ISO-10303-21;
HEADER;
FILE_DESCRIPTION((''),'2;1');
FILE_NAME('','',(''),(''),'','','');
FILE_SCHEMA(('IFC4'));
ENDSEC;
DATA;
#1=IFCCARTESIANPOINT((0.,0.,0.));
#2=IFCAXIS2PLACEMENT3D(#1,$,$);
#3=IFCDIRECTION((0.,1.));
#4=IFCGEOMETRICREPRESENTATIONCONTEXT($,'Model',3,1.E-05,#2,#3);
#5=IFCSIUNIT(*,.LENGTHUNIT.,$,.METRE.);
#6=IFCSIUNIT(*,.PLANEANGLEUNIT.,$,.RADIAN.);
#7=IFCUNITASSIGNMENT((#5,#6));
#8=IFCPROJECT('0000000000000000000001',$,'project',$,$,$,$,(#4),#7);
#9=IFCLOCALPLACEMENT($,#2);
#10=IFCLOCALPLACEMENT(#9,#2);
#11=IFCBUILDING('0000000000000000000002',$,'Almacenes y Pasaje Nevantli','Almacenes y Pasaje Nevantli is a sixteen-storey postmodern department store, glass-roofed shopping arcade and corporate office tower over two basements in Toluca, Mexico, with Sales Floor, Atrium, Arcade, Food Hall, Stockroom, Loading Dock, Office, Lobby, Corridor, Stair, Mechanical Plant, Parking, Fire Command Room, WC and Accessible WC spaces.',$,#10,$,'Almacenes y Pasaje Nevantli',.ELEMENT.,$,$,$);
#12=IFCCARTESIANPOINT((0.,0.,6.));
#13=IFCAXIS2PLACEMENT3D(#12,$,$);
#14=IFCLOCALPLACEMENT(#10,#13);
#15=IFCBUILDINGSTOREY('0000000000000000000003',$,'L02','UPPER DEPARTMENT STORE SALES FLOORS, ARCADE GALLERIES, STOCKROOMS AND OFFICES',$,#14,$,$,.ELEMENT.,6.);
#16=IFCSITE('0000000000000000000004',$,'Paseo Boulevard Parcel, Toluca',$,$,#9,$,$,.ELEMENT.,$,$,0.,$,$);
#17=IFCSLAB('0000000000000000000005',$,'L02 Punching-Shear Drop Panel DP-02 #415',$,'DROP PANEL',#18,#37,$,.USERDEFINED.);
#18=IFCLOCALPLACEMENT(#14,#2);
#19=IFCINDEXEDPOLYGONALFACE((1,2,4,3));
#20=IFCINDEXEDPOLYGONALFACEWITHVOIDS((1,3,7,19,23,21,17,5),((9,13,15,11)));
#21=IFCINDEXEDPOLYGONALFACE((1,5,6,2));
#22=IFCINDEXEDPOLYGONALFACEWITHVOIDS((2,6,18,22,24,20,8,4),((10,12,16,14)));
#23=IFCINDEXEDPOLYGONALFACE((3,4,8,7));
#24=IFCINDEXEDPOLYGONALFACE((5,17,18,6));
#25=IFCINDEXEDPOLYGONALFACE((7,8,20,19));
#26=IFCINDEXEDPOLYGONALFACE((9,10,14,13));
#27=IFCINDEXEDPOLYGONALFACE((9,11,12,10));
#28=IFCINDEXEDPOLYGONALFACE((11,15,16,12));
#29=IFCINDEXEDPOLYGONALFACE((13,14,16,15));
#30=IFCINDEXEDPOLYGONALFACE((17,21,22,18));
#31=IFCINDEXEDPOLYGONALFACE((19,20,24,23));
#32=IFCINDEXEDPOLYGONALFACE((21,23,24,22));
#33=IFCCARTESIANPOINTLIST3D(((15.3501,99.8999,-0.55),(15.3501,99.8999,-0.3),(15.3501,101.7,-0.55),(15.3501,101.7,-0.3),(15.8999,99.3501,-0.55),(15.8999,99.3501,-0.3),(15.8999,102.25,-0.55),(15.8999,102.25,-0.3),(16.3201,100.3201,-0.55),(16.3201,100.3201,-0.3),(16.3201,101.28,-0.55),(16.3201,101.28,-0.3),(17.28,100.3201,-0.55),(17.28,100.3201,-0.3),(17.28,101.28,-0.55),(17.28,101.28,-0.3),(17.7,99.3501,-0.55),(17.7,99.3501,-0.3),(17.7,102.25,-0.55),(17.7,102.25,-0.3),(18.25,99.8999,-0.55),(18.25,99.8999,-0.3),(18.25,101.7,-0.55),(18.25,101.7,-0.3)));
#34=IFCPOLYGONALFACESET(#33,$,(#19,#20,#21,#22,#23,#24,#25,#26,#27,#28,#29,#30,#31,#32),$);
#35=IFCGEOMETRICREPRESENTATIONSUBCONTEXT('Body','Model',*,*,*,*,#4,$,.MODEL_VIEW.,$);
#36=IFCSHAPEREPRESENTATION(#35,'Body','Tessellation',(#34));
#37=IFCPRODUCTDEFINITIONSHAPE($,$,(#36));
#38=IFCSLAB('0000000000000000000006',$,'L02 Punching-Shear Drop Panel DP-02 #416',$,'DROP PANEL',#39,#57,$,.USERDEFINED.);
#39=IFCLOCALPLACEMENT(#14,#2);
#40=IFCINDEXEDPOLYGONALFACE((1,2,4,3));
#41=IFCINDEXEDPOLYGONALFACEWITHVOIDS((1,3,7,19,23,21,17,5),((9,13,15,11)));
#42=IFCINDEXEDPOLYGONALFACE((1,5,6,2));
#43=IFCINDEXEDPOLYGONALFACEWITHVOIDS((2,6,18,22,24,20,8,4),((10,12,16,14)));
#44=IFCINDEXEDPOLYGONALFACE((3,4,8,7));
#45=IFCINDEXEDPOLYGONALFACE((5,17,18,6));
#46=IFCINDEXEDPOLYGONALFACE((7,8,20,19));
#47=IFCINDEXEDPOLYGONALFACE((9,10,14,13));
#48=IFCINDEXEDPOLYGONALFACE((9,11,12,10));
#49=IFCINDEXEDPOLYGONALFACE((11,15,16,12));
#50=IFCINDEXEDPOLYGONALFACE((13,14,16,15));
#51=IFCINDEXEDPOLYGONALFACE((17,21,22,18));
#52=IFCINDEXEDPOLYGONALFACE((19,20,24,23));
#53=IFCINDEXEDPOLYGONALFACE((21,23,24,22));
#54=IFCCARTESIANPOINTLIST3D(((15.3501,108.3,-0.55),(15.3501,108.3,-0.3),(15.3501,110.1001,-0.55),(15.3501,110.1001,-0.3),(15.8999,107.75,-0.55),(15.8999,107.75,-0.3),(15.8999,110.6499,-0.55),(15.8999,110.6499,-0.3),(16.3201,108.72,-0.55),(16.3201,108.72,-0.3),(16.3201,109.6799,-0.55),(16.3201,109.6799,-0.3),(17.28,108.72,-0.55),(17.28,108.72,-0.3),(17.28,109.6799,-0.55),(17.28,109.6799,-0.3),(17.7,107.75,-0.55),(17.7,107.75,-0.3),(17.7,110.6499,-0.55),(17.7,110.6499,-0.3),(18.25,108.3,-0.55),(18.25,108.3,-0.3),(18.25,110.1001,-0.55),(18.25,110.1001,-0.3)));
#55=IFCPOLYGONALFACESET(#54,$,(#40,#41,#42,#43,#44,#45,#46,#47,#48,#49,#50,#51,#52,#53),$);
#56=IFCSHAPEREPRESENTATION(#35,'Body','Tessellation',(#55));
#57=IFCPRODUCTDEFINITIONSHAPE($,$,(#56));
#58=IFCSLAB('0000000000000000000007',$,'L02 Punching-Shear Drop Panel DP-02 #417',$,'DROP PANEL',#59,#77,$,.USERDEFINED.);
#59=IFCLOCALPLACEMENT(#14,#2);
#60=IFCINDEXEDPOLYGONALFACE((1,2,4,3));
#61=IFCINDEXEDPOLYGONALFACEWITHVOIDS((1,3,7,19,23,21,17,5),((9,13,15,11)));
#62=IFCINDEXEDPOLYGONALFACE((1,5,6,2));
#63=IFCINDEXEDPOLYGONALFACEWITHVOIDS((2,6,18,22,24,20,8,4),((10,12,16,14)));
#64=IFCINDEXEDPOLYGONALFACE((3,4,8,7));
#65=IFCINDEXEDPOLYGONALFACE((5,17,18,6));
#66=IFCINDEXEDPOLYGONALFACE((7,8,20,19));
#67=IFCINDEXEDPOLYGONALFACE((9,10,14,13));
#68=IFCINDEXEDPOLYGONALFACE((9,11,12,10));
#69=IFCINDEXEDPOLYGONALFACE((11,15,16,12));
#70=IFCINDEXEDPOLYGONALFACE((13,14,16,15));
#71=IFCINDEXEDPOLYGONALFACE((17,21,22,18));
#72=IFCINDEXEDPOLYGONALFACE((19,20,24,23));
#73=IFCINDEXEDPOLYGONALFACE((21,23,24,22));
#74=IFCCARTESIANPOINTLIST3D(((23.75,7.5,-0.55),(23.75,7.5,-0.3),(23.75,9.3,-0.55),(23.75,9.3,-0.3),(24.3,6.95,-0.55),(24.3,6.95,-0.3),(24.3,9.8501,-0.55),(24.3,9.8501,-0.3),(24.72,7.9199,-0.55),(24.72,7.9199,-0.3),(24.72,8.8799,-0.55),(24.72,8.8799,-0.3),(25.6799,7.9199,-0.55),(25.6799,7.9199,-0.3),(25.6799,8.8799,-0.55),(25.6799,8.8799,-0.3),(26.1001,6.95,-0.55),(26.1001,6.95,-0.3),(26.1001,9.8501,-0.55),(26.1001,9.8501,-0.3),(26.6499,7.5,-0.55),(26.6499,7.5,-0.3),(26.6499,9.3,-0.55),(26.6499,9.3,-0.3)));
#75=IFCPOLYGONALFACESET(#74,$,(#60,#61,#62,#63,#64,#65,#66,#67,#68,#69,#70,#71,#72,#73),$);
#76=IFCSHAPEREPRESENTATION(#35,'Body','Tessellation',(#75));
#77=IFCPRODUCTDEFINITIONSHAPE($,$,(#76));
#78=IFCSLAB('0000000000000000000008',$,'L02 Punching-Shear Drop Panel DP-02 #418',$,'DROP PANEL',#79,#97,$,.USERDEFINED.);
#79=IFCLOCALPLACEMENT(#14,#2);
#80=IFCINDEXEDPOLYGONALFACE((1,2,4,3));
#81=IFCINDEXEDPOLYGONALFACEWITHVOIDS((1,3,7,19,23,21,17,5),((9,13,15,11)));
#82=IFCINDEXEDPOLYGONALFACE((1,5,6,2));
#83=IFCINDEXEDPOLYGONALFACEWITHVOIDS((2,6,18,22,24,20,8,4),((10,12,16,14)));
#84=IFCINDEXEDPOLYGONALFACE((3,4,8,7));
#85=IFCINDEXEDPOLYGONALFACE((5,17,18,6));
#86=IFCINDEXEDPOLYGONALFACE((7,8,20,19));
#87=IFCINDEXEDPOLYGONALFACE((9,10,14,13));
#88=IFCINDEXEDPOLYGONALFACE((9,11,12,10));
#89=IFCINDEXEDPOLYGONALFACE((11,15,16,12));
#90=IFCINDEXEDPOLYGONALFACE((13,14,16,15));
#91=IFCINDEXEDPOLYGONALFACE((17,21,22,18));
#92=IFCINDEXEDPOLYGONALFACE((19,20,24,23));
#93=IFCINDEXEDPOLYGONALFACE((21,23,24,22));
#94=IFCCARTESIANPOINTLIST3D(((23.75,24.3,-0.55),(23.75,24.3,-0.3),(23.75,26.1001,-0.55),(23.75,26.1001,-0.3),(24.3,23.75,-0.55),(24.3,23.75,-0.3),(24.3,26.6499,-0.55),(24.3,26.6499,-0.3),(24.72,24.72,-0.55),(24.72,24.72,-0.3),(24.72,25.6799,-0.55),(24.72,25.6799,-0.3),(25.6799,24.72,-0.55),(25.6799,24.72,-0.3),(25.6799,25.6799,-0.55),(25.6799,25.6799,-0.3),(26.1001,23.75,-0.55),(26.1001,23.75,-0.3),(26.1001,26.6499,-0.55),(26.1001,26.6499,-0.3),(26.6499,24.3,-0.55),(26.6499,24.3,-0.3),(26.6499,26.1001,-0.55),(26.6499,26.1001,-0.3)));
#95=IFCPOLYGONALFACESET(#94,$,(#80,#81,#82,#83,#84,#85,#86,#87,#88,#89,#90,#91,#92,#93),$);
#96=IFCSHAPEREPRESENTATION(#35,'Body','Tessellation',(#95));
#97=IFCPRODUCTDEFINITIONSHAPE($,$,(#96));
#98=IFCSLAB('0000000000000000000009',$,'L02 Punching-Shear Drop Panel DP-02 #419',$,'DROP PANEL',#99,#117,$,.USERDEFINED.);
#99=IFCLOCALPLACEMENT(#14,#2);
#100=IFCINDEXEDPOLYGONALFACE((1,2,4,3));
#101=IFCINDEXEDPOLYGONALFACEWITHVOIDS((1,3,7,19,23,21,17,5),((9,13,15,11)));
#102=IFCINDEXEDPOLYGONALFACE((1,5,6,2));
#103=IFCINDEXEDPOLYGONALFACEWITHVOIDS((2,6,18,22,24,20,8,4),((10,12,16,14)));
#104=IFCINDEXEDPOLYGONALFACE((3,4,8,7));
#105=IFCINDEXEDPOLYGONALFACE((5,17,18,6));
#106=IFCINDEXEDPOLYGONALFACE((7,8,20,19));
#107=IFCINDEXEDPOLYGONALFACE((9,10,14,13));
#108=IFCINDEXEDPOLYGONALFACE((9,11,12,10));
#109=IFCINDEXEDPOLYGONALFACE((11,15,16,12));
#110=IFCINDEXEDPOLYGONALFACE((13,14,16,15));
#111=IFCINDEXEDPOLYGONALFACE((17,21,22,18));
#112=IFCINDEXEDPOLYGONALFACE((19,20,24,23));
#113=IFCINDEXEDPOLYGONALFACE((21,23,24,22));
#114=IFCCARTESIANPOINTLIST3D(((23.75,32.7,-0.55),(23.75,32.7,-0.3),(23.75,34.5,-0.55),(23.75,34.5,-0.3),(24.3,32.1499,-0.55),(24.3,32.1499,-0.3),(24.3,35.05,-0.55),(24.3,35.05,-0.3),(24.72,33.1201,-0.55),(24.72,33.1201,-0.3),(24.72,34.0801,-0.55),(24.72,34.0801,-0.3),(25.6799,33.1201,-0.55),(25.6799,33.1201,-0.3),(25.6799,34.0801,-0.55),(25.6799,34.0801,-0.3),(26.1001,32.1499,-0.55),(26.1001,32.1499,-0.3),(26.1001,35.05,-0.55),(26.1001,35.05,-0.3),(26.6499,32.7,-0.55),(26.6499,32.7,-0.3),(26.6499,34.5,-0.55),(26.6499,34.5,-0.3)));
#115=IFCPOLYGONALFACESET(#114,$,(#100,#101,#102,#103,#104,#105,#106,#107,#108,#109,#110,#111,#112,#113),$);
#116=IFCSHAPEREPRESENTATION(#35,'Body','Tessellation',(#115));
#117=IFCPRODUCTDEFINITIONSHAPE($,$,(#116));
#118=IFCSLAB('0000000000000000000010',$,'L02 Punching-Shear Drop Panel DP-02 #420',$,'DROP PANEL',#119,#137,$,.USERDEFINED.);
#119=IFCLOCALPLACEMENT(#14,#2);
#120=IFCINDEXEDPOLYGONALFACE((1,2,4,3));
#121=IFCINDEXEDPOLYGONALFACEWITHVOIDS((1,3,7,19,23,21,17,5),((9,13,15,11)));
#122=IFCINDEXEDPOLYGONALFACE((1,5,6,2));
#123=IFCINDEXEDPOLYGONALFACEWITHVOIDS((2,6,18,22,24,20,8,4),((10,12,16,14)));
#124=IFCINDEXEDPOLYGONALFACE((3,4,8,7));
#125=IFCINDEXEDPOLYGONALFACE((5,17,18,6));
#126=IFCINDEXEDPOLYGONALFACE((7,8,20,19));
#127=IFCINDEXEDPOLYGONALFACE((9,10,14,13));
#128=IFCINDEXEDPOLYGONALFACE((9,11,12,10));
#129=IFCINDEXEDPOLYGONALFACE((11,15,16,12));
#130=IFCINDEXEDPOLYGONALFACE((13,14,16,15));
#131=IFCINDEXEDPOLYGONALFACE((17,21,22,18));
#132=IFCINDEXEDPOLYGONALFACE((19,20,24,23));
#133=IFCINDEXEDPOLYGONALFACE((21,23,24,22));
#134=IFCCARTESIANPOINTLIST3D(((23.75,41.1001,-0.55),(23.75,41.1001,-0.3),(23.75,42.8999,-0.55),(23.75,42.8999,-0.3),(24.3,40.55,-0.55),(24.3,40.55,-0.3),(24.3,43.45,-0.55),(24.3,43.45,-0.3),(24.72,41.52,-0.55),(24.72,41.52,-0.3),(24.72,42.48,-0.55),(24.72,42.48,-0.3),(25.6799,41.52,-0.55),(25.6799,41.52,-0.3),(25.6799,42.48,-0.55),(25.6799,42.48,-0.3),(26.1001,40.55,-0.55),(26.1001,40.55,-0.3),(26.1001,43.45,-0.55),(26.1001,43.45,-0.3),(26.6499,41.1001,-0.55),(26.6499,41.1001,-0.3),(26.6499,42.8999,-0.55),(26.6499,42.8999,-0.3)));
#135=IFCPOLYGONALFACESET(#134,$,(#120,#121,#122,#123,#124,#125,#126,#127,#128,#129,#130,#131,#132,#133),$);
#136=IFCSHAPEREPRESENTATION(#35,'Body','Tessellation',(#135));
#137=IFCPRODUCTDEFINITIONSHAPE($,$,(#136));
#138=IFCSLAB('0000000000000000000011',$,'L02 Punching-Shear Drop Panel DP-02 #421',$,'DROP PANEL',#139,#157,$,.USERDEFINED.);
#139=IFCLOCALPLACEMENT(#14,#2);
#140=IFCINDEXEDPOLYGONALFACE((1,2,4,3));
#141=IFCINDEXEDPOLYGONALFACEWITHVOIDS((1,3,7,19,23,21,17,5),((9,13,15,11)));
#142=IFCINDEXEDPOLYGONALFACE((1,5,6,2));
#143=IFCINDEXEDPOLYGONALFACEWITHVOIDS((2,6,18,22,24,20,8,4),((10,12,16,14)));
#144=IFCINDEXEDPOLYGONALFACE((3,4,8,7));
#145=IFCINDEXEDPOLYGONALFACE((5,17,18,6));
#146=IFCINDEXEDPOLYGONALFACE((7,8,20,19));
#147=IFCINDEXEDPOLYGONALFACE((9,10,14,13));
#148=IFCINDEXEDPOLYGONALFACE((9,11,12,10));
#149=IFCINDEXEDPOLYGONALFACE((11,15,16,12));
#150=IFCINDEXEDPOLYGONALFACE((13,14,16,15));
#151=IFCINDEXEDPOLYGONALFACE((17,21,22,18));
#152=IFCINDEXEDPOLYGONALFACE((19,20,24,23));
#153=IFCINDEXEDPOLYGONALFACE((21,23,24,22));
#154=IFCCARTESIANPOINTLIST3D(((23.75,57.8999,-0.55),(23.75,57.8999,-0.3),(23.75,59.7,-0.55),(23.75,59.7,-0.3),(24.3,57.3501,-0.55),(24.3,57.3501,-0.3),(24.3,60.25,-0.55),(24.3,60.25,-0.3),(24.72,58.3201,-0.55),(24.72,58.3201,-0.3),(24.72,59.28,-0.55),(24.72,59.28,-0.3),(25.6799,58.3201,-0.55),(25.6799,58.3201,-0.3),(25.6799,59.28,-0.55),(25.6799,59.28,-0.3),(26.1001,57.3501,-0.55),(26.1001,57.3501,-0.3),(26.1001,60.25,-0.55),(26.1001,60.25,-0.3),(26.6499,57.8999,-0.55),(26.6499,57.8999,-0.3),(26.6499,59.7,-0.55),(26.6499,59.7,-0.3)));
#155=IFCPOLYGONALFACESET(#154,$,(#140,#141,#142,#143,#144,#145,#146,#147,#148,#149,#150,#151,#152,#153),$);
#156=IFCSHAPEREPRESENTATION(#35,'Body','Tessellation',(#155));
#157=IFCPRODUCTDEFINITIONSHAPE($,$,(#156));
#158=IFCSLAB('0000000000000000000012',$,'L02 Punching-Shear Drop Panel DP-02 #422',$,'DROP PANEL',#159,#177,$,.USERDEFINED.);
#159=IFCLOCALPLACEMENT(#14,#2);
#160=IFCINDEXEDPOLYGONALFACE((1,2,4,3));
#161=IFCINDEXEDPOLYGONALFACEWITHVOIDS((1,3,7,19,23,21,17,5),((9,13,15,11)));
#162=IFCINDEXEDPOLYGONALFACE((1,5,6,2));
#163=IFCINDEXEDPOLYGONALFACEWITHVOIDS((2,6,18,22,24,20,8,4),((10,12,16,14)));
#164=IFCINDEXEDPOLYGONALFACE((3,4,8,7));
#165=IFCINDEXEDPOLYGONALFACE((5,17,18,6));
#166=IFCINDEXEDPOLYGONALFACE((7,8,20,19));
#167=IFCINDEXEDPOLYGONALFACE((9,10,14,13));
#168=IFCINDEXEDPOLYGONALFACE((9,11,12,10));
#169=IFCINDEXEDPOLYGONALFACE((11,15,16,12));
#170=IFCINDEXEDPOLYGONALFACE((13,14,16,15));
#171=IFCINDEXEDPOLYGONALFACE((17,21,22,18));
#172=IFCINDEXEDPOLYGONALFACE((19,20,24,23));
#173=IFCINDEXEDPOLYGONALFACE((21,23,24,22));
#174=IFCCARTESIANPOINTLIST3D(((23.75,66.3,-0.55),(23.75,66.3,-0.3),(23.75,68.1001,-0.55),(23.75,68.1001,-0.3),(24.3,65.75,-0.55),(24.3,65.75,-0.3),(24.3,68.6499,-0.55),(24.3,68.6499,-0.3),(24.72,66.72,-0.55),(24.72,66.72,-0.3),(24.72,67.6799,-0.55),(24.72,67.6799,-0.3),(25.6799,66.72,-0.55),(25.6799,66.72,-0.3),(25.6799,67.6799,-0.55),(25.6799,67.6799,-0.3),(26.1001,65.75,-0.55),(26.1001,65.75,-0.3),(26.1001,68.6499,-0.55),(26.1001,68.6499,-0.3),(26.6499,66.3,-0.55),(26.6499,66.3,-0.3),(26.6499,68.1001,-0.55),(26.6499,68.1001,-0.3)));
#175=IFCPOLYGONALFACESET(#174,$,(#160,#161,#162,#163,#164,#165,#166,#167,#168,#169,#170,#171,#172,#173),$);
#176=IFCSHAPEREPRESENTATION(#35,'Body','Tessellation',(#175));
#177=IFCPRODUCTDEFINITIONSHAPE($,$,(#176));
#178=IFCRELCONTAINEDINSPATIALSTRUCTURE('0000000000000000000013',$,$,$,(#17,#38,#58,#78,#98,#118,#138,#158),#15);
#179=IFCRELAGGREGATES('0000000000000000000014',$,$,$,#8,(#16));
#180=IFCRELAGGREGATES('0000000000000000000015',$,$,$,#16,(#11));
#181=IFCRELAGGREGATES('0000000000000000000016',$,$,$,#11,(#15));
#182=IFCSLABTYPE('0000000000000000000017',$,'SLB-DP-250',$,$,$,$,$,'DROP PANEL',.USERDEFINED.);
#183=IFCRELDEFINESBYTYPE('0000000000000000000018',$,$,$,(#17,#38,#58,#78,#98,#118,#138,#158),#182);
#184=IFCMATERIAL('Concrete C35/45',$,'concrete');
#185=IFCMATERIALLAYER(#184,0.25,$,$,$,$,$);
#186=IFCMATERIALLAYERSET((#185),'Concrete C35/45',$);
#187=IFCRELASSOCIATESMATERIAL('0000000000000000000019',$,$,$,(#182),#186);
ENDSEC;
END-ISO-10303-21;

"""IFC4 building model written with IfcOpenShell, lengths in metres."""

from ifc_helpers import new_model, si_unit, direction, frame, origin, place, context, subcontext, project, spatial, polyline, outline, extrude, material, layer, layer_set, type_object, element, save


model = new_model("IFC4")

# Units and contexts
model_context = context("Model", 3, precision=1e-05, world=origin(), true_north=direction((0.0, 1.0)))
body_context = subcontext(model_context, "Body", "Model", "MODEL_VIEW")
ifc_project = project(units=[si_unit("LENGTHUNIT", "METRE"), si_unit("PLANEANGLEUNIT", "RADIAN")], contexts=[model_context])

# Site, building, storey
site_placement = place(None, origin())
site = spatial("IfcSite", under=ifc_project, at=site_placement, Name="Paseo Boulevard Parcel, Toluca", CompositionType="ELEMENT", RefElevation=0.0)
building_placement = place(site_placement, origin())
building = spatial("IfcBuilding", under=site, at=building_placement, Name="Almacenes y Pasaje Nevantli", Description="Almacenes y Pasaje Nevantli is a sixteen-storey postmodern department store, glass-roofed shopping arcade and corporate office tower over two basements in Toluca, Mexico, with Sales Floor, Atrium, Arcade, Food Hall, Stockroom, Loading Dock, Office, Lobby, Corridor, Stair, Mechanical Plant, Parking, Fire Command Room, WC and Accessible WC spaces.", LongName="Almacenes y Pasaje Nevantli", CompositionType="ELEMENT")
storey_placement = place(building_placement, frame((0.0, 0.0, 6.0)))
storey = spatial("IfcBuildingStorey", under=building, at=storey_placement, Name="L02", Description="UPPER DEPARTMENT STORE SALES FLOORS, ARCADE GALLERIES, STOCKROOMS AND OFFICES", CompositionType="ELEMENT", Elevation=6.0)

# Slabs
ifc_material = material(Name="Concrete C35/45", Category="concrete")
ifc_layer = layer(ifc_material, 0.25)
ifc_layer_set = layer_set([ifc_layer], Name="Concrete C35/45")
slab_type = type_object("IfcSlabType", Name="SLB-DP-250", ElementType="DROP PANEL", PredefinedType="USERDEFINED", material=ifc_layer_set)
slab_1_placement = place(storey_placement, frame((0.0, 0.0, -0.55)))
element("IfcSlab", 1, at=slab_1_placement, inside=storey, type_object=slab_type, Name="L02 Punching-Shear Drop Panel DP-02 #415", ObjectType="DROP PANEL", PredefinedType="USERDEFINED", context=body_context, shape_type="SweptSolid", body=[
    extrude(outline(polyline([(15.8999, 99.3501), (17.7, 99.3501), (18.25, 99.8999), (18.25, 101.7), (17.7, 102.25), (15.8999, 102.25), (15.3501, 101.7), (15.3501, 99.8999), (15.8999, 99.3501)]), holes=[polyline([(16.3201, 100.3201), (17.28, 100.3201), (17.28, 101.28), (16.3201, 101.28), (16.3201, 100.3201)])]), origin(), (0.0, 0.0, 1.0), 0.25),
])
slab_2_placement = place(storey_placement, frame((0.0, 0.0, -0.55)))
element("IfcSlab", 2, at=slab_2_placement, inside=storey, type_object=slab_type, Name="L02 Punching-Shear Drop Panel DP-02 #416", ObjectType="DROP PANEL", PredefinedType="USERDEFINED", context=body_context, shape_type="SweptSolid", body=[
    extrude(outline(polyline([(15.8999, 107.75), (17.7, 107.75), (18.25, 108.3), (18.25, 110.1001), (17.7, 110.6499), (15.8999, 110.6499), (15.3501, 110.1001), (15.3501, 108.3), (15.8999, 107.75)]), holes=[polyline([(16.3201, 108.72), (17.28, 108.72), (17.28, 109.6799), (16.3201, 109.6799), (16.3201, 108.72)])]), origin(), (0.0, 0.0, 1.0), 0.25),
])
slab_3_placement = place(storey_placement, frame((0.0, 0.0, -0.55)))
element("IfcSlab", 3, at=slab_3_placement, inside=storey, type_object=slab_type, Name="L02 Punching-Shear Drop Panel DP-02 #417", ObjectType="DROP PANEL", PredefinedType="USERDEFINED", context=body_context, shape_type="SweptSolid", body=[
    extrude(outline(polyline([(24.3, 6.95), (26.1001, 6.95), (26.6499, 7.5), (26.6499, 9.3), (26.1001, 9.8501), (24.3, 9.8501), (23.75, 9.3), (23.75, 7.5), (24.3, 6.95)]), holes=[polyline([(24.72, 7.9199), (25.6799, 7.9199), (25.6799, 8.8799), (24.72, 8.8799), (24.72, 7.9199)])]), origin(), (0.0, 0.0, 1.0), 0.25),
])
slab_4_placement = place(storey_placement, frame((0.0, 0.0, -0.55)))
element("IfcSlab", 4, at=slab_4_placement, inside=storey, type_object=slab_type, Name="L02 Punching-Shear Drop Panel DP-02 #418", ObjectType="DROP PANEL", PredefinedType="USERDEFINED", context=body_context, shape_type="SweptSolid", body=[
    extrude(outline(polyline([(24.3, 23.75), (26.1001, 23.75), (26.6499, 24.3), (26.6499, 26.1001), (26.1001, 26.6499), (24.3, 26.6499), (23.75, 26.1001), (23.75, 24.3), (24.3, 23.75)]), holes=[polyline([(24.72, 24.72), (25.6799, 24.72), (25.6799, 25.6799), (24.72, 25.6799), (24.72, 24.72)])]), origin(), (0.0, 0.0, 1.0), 0.25),
])
slab_5_placement = place(storey_placement, frame((0.0, 0.0, -0.55)))
element("IfcSlab", 5, at=slab_5_placement, inside=storey, type_object=slab_type, Name="L02 Punching-Shear Drop Panel DP-02 #419", ObjectType="DROP PANEL", PredefinedType="USERDEFINED", context=body_context, shape_type="SweptSolid", body=[
    extrude(outline(polyline([(24.3, 32.1499), (26.1001, 32.1499), (26.6499, 32.7), (26.6499, 34.5), (26.1001, 35.05), (24.3, 35.05), (23.75, 34.5), (23.75, 32.7), (24.3, 32.1499)]), holes=[polyline([(24.72, 33.1201), (25.6799, 33.1201), (25.6799, 34.0801), (24.72, 34.0801), (24.72, 33.1201)])]), origin(), (0.0, 0.0, 1.0), 0.25),
])
slab_6_placement = place(storey_placement, frame((0.0, 0.0, -0.55)))
element("IfcSlab", 6, at=slab_6_placement, inside=storey, type_object=slab_type, Name="L02 Punching-Shear Drop Panel DP-02 #420", ObjectType="DROP PANEL", PredefinedType="USERDEFINED", context=body_context, shape_type="SweptSolid", body=[
    extrude(outline(polyline([(24.3, 40.55), (26.1001, 40.55), (26.6499, 41.1001), (26.6499, 42.8999), (26.1001, 43.45), (24.3, 43.45), (23.75, 42.8999), (23.75, 41.1001), (24.3, 40.55)]), holes=[polyline([(24.72, 41.52), (25.6799, 41.52), (25.6799, 42.48), (24.72, 42.48), (24.72, 41.52)])]), origin(), (0.0, 0.0, 1.0), 0.25),
])
slab_7_placement = place(storey_placement, frame((0.0, 0.0, -0.55)))
element("IfcSlab", 7, at=slab_7_placement, inside=storey, type_object=slab_type, Name="L02 Punching-Shear Drop Panel DP-02 #421", ObjectType="DROP PANEL", PredefinedType="USERDEFINED", context=body_context, shape_type="SweptSolid", body=[
    extrude(outline(polyline([(24.3, 57.3501), (26.1001, 57.3501), (26.6499, 57.8999), (26.6499, 59.7), (26.1001, 60.25), (24.3, 60.25), (23.75, 59.7), (23.75, 57.8999), (24.3, 57.3501)]), holes=[polyline([(24.72, 58.3201), (25.6799, 58.3201), (25.6799, 59.28), (24.72, 59.28), (24.72, 58.3201)])]), origin(), (0.0, 0.0, 1.0), 0.25),
])
slab_8_placement = place(storey_placement, frame((0.0, 0.0, -0.55)))
element("IfcSlab", 8, at=slab_8_placement, inside=storey, type_object=slab_type, Name="L02 Punching-Shear Drop Panel DP-02 #422", ObjectType="DROP PANEL", PredefinedType="USERDEFINED", context=body_context, shape_type="SweptSolid", body=[
    extrude(outline(polyline([(24.3, 65.75), (26.1001, 65.75), (26.6499, 66.3), (26.6499, 68.1001), (26.1001, 68.6499), (24.3, 68.6499), (23.75, 68.1001), (23.75, 66.3), (24.3, 65.75)]), holes=[polyline([(24.72, 66.72), (25.6799, 66.72), (25.6799, 67.6799), (24.72, 67.6799), (24.72, 66.72)])]), origin(), (0.0, 0.0, 1.0), 0.25),
])

save(model, "model.ifc")
